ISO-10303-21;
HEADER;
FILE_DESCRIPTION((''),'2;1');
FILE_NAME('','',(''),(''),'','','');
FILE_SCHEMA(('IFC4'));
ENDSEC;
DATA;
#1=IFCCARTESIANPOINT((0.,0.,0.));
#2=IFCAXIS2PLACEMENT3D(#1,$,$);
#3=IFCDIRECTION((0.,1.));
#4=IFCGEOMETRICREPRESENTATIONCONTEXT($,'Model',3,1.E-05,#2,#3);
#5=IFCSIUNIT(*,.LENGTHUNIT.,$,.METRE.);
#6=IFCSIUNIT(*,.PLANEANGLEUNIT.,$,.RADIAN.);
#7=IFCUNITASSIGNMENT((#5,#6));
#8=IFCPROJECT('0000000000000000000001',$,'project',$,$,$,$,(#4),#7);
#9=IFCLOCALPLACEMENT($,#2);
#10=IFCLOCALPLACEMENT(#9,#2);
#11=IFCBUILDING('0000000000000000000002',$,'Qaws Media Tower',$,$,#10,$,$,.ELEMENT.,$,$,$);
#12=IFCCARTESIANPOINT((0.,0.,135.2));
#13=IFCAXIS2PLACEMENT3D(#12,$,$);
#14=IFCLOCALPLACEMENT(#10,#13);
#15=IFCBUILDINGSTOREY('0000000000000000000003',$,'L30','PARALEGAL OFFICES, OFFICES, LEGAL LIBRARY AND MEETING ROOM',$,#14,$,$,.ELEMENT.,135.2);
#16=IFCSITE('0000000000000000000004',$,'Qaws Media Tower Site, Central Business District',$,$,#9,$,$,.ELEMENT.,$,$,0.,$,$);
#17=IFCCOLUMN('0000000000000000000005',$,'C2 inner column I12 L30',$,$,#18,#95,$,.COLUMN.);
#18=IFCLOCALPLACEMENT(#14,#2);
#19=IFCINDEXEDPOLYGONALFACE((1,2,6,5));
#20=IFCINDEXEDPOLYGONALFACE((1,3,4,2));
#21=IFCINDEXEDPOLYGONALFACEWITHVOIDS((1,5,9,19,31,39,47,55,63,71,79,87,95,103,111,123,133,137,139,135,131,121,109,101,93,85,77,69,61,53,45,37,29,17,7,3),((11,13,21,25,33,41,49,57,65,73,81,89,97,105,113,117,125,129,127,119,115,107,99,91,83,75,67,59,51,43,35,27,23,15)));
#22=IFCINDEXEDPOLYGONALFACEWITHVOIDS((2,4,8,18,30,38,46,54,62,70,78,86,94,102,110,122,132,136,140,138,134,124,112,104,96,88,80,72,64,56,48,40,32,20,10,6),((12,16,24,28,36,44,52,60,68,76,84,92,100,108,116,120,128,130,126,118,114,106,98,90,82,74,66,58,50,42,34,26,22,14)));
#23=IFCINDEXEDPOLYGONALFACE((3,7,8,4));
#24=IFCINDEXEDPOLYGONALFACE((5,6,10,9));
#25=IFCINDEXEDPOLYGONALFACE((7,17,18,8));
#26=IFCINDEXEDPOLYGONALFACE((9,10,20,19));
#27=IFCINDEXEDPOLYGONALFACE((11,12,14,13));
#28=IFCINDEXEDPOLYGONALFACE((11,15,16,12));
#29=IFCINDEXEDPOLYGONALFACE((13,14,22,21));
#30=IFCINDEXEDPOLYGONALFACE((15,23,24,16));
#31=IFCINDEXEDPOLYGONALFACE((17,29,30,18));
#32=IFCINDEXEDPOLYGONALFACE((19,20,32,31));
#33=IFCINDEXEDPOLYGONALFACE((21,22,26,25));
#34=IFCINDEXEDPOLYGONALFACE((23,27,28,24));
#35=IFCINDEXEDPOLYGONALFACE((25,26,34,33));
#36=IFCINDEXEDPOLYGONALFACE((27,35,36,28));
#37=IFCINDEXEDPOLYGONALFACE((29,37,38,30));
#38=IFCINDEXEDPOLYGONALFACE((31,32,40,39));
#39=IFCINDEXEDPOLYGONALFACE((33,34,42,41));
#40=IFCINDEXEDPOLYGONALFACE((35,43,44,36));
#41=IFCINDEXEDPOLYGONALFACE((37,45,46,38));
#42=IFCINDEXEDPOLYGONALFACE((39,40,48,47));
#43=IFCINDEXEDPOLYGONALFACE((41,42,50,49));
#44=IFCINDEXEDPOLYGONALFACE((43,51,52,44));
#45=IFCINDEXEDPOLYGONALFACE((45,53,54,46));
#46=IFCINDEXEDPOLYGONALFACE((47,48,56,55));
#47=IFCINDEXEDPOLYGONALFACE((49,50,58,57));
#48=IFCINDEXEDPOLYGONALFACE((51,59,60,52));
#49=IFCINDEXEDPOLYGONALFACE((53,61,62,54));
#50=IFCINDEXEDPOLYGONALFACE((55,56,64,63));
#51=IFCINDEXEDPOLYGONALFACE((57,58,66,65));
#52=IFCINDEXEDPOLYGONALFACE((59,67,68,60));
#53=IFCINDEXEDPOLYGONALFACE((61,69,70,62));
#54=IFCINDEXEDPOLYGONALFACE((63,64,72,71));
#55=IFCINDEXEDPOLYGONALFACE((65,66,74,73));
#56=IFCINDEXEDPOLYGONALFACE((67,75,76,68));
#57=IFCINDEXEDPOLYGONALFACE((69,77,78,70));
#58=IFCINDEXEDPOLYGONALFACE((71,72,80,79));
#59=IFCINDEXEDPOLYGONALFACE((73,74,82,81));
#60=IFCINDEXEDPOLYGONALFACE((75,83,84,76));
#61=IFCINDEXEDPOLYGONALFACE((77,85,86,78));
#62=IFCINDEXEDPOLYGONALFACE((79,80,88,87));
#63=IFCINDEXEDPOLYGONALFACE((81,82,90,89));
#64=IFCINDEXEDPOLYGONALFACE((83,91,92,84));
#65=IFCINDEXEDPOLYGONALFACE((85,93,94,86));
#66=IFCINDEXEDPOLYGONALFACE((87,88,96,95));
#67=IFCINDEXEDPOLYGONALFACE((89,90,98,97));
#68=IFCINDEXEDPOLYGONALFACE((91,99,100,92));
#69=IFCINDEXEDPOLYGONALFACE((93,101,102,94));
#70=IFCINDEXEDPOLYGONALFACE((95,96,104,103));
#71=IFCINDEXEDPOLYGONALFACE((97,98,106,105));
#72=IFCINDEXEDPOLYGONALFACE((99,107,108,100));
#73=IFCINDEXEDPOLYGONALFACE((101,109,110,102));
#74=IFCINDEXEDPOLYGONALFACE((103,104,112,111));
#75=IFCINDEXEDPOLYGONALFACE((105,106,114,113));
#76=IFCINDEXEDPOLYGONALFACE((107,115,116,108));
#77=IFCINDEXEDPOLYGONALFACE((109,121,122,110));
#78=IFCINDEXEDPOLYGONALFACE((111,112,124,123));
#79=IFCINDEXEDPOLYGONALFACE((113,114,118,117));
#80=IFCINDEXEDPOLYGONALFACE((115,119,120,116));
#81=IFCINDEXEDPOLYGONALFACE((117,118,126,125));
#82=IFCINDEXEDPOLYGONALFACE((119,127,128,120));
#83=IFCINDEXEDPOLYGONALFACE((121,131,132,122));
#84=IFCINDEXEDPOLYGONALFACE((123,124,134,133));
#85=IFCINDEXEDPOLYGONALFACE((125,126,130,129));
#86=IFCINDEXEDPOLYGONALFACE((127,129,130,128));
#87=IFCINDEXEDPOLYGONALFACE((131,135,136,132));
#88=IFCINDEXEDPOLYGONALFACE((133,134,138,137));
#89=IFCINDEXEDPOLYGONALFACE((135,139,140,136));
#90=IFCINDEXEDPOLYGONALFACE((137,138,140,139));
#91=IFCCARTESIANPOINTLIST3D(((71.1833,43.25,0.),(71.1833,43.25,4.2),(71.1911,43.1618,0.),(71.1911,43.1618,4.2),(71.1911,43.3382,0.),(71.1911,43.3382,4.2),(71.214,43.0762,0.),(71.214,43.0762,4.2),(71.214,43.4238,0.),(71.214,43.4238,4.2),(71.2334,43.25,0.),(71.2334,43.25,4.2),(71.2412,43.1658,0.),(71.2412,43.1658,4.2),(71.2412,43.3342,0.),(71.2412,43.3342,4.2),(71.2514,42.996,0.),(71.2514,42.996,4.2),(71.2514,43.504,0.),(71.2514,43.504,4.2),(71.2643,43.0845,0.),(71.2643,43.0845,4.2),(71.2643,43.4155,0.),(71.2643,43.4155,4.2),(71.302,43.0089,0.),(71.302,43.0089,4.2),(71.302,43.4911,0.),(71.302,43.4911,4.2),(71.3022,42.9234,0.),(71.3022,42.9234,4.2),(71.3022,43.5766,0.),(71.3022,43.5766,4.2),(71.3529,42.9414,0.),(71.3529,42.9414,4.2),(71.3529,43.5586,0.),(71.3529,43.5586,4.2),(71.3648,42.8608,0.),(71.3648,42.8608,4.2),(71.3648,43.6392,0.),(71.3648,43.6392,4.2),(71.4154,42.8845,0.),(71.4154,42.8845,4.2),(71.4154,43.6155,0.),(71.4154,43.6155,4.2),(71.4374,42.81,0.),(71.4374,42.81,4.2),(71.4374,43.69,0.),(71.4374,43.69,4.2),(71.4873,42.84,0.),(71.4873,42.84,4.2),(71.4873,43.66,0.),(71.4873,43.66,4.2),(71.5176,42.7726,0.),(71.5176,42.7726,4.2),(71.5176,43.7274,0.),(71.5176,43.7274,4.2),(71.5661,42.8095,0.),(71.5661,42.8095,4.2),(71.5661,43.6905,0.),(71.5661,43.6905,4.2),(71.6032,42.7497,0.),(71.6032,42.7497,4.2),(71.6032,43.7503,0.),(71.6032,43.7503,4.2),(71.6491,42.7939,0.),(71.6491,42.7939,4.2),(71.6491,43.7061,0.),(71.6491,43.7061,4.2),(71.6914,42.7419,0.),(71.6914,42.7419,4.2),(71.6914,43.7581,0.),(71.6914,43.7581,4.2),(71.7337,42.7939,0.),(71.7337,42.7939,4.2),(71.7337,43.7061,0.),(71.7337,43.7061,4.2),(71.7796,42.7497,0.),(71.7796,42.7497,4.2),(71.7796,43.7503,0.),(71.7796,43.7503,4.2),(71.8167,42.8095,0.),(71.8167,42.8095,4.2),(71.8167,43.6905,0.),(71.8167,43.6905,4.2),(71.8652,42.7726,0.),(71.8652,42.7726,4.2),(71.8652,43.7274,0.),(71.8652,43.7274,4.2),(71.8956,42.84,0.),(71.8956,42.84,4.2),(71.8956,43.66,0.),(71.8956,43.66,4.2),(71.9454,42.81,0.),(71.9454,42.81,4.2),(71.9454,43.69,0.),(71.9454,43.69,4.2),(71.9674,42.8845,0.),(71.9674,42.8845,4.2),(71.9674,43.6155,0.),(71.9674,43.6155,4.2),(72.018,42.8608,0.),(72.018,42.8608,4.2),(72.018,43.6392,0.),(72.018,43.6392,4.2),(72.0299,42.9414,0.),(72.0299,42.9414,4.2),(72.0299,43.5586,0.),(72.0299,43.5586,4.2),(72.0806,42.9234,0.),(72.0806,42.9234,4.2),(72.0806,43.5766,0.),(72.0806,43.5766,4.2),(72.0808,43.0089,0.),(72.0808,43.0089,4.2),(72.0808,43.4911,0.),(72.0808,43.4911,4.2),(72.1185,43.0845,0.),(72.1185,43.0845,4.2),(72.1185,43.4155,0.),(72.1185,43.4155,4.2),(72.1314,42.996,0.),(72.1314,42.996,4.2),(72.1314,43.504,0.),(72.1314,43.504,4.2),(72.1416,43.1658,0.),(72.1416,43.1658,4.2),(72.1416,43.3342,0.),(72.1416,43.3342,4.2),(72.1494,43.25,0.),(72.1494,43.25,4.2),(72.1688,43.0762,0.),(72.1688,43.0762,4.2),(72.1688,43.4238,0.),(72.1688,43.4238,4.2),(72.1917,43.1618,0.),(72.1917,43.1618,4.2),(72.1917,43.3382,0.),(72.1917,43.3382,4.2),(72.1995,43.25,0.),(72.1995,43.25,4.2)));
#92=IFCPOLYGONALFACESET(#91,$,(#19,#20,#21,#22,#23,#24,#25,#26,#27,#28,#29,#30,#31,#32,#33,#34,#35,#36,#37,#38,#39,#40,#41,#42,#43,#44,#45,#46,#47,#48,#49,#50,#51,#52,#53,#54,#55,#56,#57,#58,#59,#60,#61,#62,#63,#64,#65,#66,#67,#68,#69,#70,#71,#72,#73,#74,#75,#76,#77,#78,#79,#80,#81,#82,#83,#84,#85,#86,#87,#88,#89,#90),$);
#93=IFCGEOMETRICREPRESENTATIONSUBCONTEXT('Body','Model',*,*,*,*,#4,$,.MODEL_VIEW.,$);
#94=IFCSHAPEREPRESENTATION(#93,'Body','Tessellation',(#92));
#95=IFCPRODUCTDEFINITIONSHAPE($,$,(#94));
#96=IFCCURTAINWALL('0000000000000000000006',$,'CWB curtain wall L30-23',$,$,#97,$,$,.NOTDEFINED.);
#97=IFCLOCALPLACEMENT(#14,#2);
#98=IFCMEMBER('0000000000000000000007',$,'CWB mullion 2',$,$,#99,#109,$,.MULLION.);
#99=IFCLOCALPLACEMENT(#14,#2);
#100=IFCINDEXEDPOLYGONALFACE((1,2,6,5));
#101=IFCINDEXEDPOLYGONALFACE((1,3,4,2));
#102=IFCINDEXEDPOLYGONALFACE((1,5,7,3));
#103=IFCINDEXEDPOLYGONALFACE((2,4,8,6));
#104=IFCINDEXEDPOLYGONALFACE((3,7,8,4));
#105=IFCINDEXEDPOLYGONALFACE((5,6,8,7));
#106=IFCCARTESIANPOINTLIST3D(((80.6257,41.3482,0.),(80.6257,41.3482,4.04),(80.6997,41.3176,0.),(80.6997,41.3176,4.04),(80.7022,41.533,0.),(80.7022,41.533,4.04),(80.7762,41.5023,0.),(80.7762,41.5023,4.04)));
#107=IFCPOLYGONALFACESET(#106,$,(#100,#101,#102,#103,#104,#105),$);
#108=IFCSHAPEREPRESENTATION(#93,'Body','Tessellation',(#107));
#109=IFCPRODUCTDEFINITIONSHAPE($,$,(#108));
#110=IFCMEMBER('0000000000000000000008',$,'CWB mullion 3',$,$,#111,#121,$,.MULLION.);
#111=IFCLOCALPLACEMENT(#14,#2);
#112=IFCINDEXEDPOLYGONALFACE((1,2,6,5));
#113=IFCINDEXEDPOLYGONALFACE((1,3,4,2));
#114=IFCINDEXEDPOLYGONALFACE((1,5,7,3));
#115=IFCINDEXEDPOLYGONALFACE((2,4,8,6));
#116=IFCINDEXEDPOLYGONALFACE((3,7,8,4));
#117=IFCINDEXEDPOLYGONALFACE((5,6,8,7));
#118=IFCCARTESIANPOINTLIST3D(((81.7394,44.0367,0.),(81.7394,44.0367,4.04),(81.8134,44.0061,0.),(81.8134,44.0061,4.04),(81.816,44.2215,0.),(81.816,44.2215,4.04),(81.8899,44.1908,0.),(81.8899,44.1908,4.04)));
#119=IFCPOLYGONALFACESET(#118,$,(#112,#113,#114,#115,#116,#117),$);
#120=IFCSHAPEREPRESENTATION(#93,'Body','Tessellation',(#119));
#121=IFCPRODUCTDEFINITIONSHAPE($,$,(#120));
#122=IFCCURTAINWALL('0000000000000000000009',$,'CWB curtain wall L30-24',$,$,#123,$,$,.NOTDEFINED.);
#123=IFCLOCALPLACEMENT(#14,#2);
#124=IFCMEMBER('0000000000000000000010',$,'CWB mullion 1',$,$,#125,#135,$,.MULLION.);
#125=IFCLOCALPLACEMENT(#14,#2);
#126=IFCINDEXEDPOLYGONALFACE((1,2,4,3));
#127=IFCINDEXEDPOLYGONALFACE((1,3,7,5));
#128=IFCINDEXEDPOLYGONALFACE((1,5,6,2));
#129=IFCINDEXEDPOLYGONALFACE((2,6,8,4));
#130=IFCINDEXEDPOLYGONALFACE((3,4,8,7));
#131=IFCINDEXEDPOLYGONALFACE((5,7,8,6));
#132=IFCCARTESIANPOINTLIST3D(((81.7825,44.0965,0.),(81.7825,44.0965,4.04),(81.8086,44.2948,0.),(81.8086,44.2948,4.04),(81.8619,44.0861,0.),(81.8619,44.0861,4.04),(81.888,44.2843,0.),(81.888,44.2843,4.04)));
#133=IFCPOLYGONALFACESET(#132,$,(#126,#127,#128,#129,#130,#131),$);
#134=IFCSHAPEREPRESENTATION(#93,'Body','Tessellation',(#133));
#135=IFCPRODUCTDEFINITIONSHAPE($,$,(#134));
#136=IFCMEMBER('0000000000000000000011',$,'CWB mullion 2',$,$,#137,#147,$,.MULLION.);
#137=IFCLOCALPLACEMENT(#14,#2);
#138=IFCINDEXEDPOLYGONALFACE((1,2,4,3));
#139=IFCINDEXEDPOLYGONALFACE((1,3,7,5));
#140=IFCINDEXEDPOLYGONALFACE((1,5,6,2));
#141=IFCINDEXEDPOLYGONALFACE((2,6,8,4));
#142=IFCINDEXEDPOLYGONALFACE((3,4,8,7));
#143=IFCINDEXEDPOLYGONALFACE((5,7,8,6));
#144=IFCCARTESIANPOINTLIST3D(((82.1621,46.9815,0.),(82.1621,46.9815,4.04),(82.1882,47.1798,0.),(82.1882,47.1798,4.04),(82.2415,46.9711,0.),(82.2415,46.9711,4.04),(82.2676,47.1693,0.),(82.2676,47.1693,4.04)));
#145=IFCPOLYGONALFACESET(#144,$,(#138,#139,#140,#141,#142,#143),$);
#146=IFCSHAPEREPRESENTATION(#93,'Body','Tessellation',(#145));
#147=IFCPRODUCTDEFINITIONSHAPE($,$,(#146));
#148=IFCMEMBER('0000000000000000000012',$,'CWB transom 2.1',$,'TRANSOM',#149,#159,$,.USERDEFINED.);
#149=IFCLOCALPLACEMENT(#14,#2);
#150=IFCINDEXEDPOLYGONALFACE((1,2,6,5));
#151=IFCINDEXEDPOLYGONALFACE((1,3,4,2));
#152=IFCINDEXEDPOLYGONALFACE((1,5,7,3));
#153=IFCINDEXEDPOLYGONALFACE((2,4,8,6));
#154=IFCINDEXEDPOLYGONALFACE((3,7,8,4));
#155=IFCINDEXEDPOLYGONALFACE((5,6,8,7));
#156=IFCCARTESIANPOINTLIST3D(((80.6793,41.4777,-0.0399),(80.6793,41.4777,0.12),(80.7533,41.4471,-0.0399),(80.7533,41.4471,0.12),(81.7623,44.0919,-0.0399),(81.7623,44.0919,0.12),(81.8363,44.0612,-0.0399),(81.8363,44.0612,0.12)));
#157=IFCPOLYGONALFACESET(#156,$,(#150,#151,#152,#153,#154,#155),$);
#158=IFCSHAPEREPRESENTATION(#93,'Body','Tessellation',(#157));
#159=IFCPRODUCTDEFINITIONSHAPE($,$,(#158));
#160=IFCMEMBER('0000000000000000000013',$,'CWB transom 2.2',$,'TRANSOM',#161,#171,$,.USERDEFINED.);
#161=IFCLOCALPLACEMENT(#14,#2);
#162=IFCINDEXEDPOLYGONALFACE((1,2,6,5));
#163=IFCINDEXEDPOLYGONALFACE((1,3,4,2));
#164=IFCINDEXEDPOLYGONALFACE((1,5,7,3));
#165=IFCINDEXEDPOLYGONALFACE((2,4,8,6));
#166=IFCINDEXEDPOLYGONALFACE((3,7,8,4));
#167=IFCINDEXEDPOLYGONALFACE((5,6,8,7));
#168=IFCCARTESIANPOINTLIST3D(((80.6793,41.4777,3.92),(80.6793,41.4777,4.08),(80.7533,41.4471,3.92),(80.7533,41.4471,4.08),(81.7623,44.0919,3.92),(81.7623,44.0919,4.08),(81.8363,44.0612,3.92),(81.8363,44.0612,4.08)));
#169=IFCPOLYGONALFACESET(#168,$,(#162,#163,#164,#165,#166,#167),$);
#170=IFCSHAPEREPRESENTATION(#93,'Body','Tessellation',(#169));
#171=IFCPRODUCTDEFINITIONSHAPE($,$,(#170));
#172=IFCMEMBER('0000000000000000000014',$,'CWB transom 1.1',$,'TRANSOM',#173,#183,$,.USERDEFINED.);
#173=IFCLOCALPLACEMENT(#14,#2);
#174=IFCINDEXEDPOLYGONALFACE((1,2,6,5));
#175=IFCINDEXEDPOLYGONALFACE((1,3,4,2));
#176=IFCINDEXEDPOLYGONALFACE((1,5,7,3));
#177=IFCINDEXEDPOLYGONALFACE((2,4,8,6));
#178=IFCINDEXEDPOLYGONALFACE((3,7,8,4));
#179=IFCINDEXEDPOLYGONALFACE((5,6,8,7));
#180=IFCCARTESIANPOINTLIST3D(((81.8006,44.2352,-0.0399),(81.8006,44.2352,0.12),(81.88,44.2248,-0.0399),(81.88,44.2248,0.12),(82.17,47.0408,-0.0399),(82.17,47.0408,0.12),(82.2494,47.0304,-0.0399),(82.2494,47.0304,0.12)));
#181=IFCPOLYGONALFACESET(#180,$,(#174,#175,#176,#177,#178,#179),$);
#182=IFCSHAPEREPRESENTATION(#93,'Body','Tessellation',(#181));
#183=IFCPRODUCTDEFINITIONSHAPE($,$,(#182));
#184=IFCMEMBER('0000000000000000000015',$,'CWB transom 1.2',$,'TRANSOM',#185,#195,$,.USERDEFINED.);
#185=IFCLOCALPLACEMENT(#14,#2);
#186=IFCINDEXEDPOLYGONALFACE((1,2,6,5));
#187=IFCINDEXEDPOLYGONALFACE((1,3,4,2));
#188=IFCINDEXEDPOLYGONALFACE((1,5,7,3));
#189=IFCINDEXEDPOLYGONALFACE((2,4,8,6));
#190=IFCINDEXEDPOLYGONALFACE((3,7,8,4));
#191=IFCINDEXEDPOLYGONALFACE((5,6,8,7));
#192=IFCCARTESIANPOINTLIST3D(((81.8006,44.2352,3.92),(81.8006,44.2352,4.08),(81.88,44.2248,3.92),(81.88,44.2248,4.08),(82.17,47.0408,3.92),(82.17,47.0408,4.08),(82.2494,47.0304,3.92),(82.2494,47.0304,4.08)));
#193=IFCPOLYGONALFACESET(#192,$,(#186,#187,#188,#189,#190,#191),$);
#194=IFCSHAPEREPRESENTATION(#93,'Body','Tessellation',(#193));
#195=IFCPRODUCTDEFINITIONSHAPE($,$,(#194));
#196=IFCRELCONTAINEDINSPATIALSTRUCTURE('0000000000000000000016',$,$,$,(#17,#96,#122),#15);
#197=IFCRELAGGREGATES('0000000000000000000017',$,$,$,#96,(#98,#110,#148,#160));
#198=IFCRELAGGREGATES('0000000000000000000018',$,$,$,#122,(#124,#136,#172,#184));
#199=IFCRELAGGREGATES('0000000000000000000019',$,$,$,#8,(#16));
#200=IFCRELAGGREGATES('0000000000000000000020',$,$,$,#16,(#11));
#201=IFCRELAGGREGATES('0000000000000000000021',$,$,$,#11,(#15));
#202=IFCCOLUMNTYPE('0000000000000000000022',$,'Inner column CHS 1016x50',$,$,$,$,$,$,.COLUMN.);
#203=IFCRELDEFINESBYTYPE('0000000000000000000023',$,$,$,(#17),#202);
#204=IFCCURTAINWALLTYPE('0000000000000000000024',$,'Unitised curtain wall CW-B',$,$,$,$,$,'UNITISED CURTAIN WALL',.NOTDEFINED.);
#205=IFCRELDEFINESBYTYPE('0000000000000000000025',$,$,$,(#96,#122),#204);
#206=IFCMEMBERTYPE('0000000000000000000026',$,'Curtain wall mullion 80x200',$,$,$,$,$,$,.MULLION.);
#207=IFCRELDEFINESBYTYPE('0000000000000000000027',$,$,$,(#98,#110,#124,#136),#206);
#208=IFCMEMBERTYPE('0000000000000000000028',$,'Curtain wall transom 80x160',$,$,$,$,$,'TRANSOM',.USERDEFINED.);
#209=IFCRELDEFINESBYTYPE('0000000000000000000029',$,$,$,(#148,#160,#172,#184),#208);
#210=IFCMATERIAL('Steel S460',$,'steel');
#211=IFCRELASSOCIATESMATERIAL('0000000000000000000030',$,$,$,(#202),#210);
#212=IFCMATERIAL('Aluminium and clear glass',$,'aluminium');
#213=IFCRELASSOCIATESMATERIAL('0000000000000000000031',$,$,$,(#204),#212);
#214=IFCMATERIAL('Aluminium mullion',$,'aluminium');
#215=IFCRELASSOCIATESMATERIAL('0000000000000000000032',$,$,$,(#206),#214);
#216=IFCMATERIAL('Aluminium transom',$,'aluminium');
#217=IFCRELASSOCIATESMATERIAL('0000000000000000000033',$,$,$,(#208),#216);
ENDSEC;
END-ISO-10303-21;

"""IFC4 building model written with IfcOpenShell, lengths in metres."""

from ifc_helpers import new_model, si_unit, direction, frame, origin, origin_2d, place, context, subcontext, project, spatial, rectangle, hollow_circle, extrude, material, material_profile, profile_set, type_object, element, aggregate, save


model = new_model("IFC4")

# Units and contexts
model_context = context("Model", 3, precision=1e-05, world=origin(), true_north=direction((0.0, 1.0)))
body_context = subcontext(model_context, "Body", "Model", "MODEL_VIEW")
ifc_project = project(units=[si_unit("LENGTHUNIT", "METRE"), si_unit("PLANEANGLEUNIT", "RADIAN")], contexts=[model_context])

# Site, building, storey
site_placement = place(None, origin())
site = spatial("IfcSite", under=ifc_project, at=site_placement, Name="Qaws Media Tower Site, Central Business District", CompositionType="ELEMENT", RefElevation=0.0)
building_placement = place(site_placement, origin())
building = spatial("IfcBuilding", under=site, at=building_placement, Name="Qaws Media Tower", CompositionType="ELEMENT")
storey_placement = place(building_placement, frame((0.0, 0.0, 135.2)))
storey = spatial("IfcBuildingStorey", under=building, at=storey_placement, Name="L30", Description="PARALEGAL OFFICES, OFFICES, LEGAL LIBRARY AND MEETING ROOM", CompositionType="ELEMENT", Elevation=135.2)

# Column
ifc_material_1 = material(Name="Steel S460", Category="steel")
ifc_material_profile_1 = material_profile(ifc_material_1, hollow_circle(Radius=0.5081, WallThickness=0.05, at=origin_2d()), Name="CHS 1016x50")
ifc_profile_set_1 = profile_set([ifc_material_profile_1], Name="Steel S460")
column_type = type_object("IfcColumnType", Name="Inner column CHS 1016x50", PredefinedType="COLUMN", material=ifc_profile_set_1)
column_placement = place(storey_placement, frame((71.6914, 43.25, 0.0), z_axis=(0.0, 0.0, 1.0), x_axis=(1.0, 0.0, 0.0)))
element("IfcColumn", 1, at=column_placement, inside=storey, type_object=column_type, Name="C2 inner column I12 L30", PredefinedType="COLUMN", context=body_context, shape_type="SweptSolid", body=[
    extrude(hollow_circle(Radius=0.5081, WallThickness=0.05, at=origin_2d()), origin(), (0.0, 0.0, 1.0), 4.2),
])

# Curtain walls, members
ifc_material_2 = material(Name="Aluminium and clear glass", Category="aluminium")
curtain_wall_type = type_object("IfcCurtainWallType", Name="Unitised curtain wall CW-B", ElementType="UNITISED CURTAIN WALL", PredefinedType="NOTDEFINED", material=ifc_material_2)
curtain_wall_1_placement = place(storey_placement, origin())
curtain_wall_1 = element("IfcCurtainWall", 2, at=curtain_wall_1_placement, inside=storey, type_object=curtain_wall_type, Name="CWB curtain wall L30-23", PredefinedType="NOTDEFINED")
ifc_material_3 = material(Name="Aluminium mullion", Category="aluminium")
ifc_material_profile_2 = material_profile(ifc_material_3, rectangle(XDim=0.0801, YDim=0.2, at=origin_2d()), Name="80x200")
ifc_profile_set_2 = profile_set([ifc_material_profile_2], Name="Aluminium mullion")
member_type_1 = type_object("IfcMemberType", Name="Curtain wall mullion 80x200", PredefinedType="MULLION", material=ifc_profile_set_2)
member_1_placement = place(storey_placement, frame((80.7009, 41.4253, 0.0), z_axis=(0.0, 0.0, 1.0), x_axis=(-0.92388, 0.382683, 0.0)))
member_1 = element("IfcMember", 3, at=member_1_placement, type_object=member_type_1, Name="CWB mullion 2", PredefinedType="MULLION", context=body_context, shape_type="SweptSolid", body=[
    extrude(rectangle(XDim=0.0801, YDim=0.2, at=origin_2d()), origin(), (0.0, 0.0, 1.0), 4.04),
])
member_2_placement = place(storey_placement, frame((81.8147, 44.1138, 0.0), z_axis=(0.0, 0.0, 1.0), x_axis=(-0.92388, 0.382683, 0.0)))
member_2 = element("IfcMember", 4, at=member_2_placement, type_object=member_type_1, Name="CWB mullion 3", PredefinedType="MULLION", context=body_context, shape_type="SweptSolid", body=[
    extrude(rectangle(XDim=0.0801, YDim=0.2, at=origin_2d()), origin(), (0.0, 0.0, 1.0), 4.04),
])
curtain_wall_2_placement = place(storey_placement, origin())
curtain_wall_2 = element("IfcCurtainWall", 5, at=curtain_wall_2_placement, inside=storey, type_object=curtain_wall_type, Name="CWB curtain wall L30-24", PredefinedType="NOTDEFINED")
member_3_placement = place(storey_placement, frame((81.8352, 44.1904, 0.0), z_axis=(0.0, 0.0, 1.0), x_axis=(-0.991445, 0.130526, 0.0)))
member_3 = element("IfcMember", 6, at=member_3_placement, type_object=member_type_1, Name="CWB mullion 1", PredefinedType="MULLION", context=body_context, shape_type="SweptSolid", body=[
    extrude(rectangle(XDim=0.0801, YDim=0.2, at=origin_2d()), origin(), (0.0, 0.0, 1.0), 4.04),
])
member_4_placement = place(storey_placement, frame((82.2148, 47.0754, 0.0), z_axis=(0.0, 0.0, 1.0), x_axis=(-0.991445, 0.130526, 0.0)))
member_4 = element("IfcMember", 7, at=member_4_placement, type_object=member_type_1, Name="CWB mullion 2", PredefinedType="MULLION", context=body_context, shape_type="SweptSolid", body=[
    extrude(rectangle(XDim=0.0801, YDim=0.2, at=origin_2d()), origin(), (0.0, 0.0, 1.0), 4.04),
])

# Members
ifc_material_4 = material(Name="Aluminium transom", Category="aluminium")
ifc_material_profile_3 = material_profile(ifc_material_4, rectangle(XDim=0.0801, YDim=0.1599, at=origin_2d()), Name="80x160")
ifc_profile_set_3 = profile_set([ifc_material_profile_3], Name="Aluminium transom")
member_type_2 = type_object("IfcMemberType", Name="Curtain wall transom 80x160", ElementType="TRANSOM", PredefinedType="USERDEFINED", material=ifc_profile_set_3)
member_5_placement = place(storey_placement, frame((80.7163, 41.4624, 0.04), z_axis=(0.382728, 0.923861, 0.0), x_axis=(-0.923861, 0.382728, 0.0)))
member_5 = element("IfcMember", 8, at=member_5_placement, type_object=member_type_2, Name="CWB transom 2.1", ObjectType="TRANSOM", PredefinedType="USERDEFINED", context=body_context, shape_type="SweptSolid", body=[
    extrude(rectangle(XDim=0.0801, YDim=0.1599, at=origin_2d()), origin(), (0.0, 0.0, 1.0), 2.8296),
])
member_6_placement = place(storey_placement, frame((80.7163, 41.4624, 4.0), z_axis=(0.382728, 0.923861, 0.0), x_axis=(-0.923861, 0.382728, 0.0)))
member_6 = element("IfcMember", 9, at=member_6_placement, type_object=member_type_2, Name="CWB transom 2.2", ObjectType="TRANSOM", PredefinedType="USERDEFINED", context=body_context, shape_type="SweptSolid", body=[
    extrude(rectangle(XDim=0.0801, YDim=0.1599, at=origin_2d()), origin(), (0.0, 0.0, 1.0), 2.8296),
])
member_7_placement = place(storey_placement, frame((81.8403, 44.23, 0.04), z_axis=(0.13053, 0.991444, 0.0), x_axis=(-0.991444, 0.13053, 0.0)))
member_7 = element("IfcMember", 10, at=member_7_placement, type_object=member_type_2, Name="CWB transom 1.1", ObjectType="TRANSOM", PredefinedType="USERDEFINED", context=body_context, shape_type="SweptSolid", body=[
    extrude(rectangle(XDim=0.0801, YDim=0.1599, at=origin_2d()), origin(), (0.0, 0.0, 1.0), 2.8298),
])
member_8_placement = place(storey_placement, frame((81.8403, 44.23, 4.0), z_axis=(0.13053, 0.991444, 0.0), x_axis=(-0.991444, 0.13053, 0.0)))
member_8 = element("IfcMember", 11, at=member_8_placement, type_object=member_type_2, Name="CWB transom 1.2", ObjectType="TRANSOM", PredefinedType="USERDEFINED", context=body_context, shape_type="SweptSolid", body=[
    extrude(rectangle(XDim=0.0801, YDim=0.1599, at=origin_2d()), origin(), (0.0, 0.0, 1.0), 2.8298),
])

aggregate(curtain_wall_1, [member_1, member_2, member_5, member_6])
aggregate(curtain_wall_2, [member_3, member_4, member_7, member_8])

save(model, "model.ifc")
